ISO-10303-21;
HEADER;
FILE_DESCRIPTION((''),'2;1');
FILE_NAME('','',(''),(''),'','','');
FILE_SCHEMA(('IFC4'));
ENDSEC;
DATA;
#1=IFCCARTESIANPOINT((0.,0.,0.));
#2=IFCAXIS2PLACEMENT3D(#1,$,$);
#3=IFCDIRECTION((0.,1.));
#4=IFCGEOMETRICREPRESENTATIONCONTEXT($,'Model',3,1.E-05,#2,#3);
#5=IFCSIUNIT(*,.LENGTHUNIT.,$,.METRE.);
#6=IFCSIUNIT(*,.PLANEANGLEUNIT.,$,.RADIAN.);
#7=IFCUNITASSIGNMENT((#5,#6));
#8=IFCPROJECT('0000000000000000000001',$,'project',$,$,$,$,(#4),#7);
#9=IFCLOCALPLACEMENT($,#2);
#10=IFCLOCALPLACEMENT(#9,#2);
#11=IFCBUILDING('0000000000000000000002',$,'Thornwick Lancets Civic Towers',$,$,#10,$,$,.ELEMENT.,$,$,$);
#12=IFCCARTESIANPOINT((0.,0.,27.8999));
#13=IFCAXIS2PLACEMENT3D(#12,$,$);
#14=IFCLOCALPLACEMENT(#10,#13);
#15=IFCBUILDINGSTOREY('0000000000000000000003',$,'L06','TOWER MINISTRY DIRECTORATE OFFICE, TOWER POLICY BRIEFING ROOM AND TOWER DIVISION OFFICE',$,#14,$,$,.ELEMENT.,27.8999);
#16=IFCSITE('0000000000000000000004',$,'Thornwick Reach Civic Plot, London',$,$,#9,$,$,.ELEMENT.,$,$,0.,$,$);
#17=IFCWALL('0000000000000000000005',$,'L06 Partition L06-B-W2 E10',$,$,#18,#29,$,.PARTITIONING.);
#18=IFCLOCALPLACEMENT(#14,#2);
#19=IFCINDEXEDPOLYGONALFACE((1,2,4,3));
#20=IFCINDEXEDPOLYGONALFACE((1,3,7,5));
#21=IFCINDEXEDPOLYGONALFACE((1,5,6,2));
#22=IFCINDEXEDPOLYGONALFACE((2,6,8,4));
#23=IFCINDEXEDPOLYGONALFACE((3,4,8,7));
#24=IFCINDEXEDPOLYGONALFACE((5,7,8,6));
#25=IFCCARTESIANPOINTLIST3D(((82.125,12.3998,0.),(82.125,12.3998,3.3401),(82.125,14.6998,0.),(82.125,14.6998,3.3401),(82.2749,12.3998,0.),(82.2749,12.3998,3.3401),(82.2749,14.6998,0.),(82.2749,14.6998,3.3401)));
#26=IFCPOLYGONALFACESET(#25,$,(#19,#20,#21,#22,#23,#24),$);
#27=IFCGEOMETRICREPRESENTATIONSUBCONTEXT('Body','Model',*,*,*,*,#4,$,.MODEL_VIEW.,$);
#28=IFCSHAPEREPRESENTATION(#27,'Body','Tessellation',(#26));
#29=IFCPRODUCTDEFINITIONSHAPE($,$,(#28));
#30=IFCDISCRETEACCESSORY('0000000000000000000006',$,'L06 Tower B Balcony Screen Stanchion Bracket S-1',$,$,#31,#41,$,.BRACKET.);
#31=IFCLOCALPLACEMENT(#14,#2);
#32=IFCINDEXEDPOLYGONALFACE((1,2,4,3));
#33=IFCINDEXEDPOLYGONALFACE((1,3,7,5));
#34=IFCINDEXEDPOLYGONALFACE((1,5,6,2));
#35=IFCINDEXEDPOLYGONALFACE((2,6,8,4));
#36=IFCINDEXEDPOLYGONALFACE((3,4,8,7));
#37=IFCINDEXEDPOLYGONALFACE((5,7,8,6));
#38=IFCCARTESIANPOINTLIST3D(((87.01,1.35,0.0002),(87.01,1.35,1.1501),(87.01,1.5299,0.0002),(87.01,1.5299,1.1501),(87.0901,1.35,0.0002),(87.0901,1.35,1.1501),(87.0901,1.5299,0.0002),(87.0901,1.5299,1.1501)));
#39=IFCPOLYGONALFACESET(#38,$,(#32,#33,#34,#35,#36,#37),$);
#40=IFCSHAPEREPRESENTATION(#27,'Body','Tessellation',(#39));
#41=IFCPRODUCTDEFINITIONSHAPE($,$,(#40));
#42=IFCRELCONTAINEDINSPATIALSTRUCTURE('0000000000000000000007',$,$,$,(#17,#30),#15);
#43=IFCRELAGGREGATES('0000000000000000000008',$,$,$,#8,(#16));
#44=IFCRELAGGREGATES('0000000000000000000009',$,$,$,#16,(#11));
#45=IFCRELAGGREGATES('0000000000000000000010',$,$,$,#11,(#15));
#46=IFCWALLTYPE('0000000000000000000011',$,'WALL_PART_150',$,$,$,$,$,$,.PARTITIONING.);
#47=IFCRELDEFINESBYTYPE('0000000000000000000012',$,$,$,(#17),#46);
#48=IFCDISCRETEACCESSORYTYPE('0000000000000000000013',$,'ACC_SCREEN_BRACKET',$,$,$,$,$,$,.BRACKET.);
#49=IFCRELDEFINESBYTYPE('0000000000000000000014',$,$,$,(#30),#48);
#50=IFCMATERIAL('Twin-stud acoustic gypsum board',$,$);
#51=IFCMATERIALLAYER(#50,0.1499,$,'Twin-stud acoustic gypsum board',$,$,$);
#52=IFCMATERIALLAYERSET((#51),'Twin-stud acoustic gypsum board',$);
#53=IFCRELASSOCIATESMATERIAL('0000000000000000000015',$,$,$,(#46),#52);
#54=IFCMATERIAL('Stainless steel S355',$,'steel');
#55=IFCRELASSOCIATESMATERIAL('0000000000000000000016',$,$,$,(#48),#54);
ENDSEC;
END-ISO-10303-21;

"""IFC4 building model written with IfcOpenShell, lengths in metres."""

from ifc_helpers import new_model, si_unit, direction, frame, frame_2d, origin, origin_2d, place, context, subcontext, project, spatial, rectangle, extrude, material, layer, layer_set, type_object, element, save


model = new_model("IFC4")

# Units and contexts
model_context = context("Model", 3, precision=1e-05, world=origin(), true_north=direction((0.0, 1.0)))
body_context = subcontext(model_context, "Body", "Model", "MODEL_VIEW")
ifc_project = project(units=[si_unit("LENGTHUNIT", "METRE"), si_unit("PLANEANGLEUNIT", "RADIAN")], contexts=[model_context])

# Site, building, storey
site_placement = place(None, origin())
site = spatial("IfcSite", under=ifc_project, at=site_placement, Name="Thornwick Reach Civic Plot, London", CompositionType="ELEMENT", RefElevation=0.0)
building_placement = place(site_placement, origin())
building = spatial("IfcBuilding", under=site, at=building_placement, Name="Thornwick Lancets Civic Towers", CompositionType="ELEMENT")
storey_placement = place(building_placement, frame((0.0, 0.0, 27.8999)))
storey = spatial("IfcBuildingStorey", under=building, at=storey_placement, Name="L06", Description="TOWER MINISTRY DIRECTORATE OFFICE, TOWER POLICY BRIEFING ROOM AND TOWER DIVISION OFFICE", CompositionType="ELEMENT", Elevation=27.8999)

# Shared definitions
ifc_material_1 = material(Name="Twin-stud acoustic gypsum board")
ifc_layer_1 = layer(ifc_material_1, 0.1499, Name="Twin-stud acoustic gypsum board")
ifc_layer_set_1 = layer_set([ifc_layer_1], Name="Twin-stud acoustic gypsum board")
wall_type_1 = type_object("IfcWallType", Name="WALL_PART_150", PredefinedType="PARTITIONING", material=ifc_layer_set_1)

# Wall
wall_1_placement = place(storey_placement, frame((82.2, 12.3999, 0.0), z_axis=(0.0, 0.0, 1.0), x_axis=(0.0, 1.0, 0.0)))
element("IfcWall", 1, at=wall_1_placement, inside=storey, type_object=wall_type_1, Name="L06 Partition L06-B-W2 E10", PredefinedType="PARTITIONING", context=body_context, shape_type="SweptSolid", body=[
    extrude(rectangle(XDim=2.3, YDim=0.1499, at=frame_2d((1.1499, 0.0))), origin(), (0.0, 0.0, 1.0), 3.3401),
])

# Discrete accessory
ifc_material_2 = material(Name="Stainless steel S355", Category="steel")
discrete_accessory_type = type_object("IfcDiscreteAccessoryType", Name="ACC_SCREEN_BRACKET", PredefinedType="BRACKET", material=ifc_material_2)
discrete_accessory_placement = place(storey_placement, frame((87.05, 1.4399, 0.0002), z_axis=(0.0, 0.0, 1.0), x_axis=(1.0, 0.0, 0.0)))
element("IfcDiscreteAccessory", 2, at=discrete_accessory_placement, inside=storey, type_object=discrete_accessory_type, Name="L06 Tower B Balcony Screen Stanchion Bracket S-1", PredefinedType="BRACKET", context=body_context, shape_type="SweptSolid", body=[
    extrude(rectangle(XDim=0.0801, YDim=0.1799, at=origin_2d()), origin(), (0.0, 0.0, 1.0), 1.1499),
])

save(model, "model.ifc")
